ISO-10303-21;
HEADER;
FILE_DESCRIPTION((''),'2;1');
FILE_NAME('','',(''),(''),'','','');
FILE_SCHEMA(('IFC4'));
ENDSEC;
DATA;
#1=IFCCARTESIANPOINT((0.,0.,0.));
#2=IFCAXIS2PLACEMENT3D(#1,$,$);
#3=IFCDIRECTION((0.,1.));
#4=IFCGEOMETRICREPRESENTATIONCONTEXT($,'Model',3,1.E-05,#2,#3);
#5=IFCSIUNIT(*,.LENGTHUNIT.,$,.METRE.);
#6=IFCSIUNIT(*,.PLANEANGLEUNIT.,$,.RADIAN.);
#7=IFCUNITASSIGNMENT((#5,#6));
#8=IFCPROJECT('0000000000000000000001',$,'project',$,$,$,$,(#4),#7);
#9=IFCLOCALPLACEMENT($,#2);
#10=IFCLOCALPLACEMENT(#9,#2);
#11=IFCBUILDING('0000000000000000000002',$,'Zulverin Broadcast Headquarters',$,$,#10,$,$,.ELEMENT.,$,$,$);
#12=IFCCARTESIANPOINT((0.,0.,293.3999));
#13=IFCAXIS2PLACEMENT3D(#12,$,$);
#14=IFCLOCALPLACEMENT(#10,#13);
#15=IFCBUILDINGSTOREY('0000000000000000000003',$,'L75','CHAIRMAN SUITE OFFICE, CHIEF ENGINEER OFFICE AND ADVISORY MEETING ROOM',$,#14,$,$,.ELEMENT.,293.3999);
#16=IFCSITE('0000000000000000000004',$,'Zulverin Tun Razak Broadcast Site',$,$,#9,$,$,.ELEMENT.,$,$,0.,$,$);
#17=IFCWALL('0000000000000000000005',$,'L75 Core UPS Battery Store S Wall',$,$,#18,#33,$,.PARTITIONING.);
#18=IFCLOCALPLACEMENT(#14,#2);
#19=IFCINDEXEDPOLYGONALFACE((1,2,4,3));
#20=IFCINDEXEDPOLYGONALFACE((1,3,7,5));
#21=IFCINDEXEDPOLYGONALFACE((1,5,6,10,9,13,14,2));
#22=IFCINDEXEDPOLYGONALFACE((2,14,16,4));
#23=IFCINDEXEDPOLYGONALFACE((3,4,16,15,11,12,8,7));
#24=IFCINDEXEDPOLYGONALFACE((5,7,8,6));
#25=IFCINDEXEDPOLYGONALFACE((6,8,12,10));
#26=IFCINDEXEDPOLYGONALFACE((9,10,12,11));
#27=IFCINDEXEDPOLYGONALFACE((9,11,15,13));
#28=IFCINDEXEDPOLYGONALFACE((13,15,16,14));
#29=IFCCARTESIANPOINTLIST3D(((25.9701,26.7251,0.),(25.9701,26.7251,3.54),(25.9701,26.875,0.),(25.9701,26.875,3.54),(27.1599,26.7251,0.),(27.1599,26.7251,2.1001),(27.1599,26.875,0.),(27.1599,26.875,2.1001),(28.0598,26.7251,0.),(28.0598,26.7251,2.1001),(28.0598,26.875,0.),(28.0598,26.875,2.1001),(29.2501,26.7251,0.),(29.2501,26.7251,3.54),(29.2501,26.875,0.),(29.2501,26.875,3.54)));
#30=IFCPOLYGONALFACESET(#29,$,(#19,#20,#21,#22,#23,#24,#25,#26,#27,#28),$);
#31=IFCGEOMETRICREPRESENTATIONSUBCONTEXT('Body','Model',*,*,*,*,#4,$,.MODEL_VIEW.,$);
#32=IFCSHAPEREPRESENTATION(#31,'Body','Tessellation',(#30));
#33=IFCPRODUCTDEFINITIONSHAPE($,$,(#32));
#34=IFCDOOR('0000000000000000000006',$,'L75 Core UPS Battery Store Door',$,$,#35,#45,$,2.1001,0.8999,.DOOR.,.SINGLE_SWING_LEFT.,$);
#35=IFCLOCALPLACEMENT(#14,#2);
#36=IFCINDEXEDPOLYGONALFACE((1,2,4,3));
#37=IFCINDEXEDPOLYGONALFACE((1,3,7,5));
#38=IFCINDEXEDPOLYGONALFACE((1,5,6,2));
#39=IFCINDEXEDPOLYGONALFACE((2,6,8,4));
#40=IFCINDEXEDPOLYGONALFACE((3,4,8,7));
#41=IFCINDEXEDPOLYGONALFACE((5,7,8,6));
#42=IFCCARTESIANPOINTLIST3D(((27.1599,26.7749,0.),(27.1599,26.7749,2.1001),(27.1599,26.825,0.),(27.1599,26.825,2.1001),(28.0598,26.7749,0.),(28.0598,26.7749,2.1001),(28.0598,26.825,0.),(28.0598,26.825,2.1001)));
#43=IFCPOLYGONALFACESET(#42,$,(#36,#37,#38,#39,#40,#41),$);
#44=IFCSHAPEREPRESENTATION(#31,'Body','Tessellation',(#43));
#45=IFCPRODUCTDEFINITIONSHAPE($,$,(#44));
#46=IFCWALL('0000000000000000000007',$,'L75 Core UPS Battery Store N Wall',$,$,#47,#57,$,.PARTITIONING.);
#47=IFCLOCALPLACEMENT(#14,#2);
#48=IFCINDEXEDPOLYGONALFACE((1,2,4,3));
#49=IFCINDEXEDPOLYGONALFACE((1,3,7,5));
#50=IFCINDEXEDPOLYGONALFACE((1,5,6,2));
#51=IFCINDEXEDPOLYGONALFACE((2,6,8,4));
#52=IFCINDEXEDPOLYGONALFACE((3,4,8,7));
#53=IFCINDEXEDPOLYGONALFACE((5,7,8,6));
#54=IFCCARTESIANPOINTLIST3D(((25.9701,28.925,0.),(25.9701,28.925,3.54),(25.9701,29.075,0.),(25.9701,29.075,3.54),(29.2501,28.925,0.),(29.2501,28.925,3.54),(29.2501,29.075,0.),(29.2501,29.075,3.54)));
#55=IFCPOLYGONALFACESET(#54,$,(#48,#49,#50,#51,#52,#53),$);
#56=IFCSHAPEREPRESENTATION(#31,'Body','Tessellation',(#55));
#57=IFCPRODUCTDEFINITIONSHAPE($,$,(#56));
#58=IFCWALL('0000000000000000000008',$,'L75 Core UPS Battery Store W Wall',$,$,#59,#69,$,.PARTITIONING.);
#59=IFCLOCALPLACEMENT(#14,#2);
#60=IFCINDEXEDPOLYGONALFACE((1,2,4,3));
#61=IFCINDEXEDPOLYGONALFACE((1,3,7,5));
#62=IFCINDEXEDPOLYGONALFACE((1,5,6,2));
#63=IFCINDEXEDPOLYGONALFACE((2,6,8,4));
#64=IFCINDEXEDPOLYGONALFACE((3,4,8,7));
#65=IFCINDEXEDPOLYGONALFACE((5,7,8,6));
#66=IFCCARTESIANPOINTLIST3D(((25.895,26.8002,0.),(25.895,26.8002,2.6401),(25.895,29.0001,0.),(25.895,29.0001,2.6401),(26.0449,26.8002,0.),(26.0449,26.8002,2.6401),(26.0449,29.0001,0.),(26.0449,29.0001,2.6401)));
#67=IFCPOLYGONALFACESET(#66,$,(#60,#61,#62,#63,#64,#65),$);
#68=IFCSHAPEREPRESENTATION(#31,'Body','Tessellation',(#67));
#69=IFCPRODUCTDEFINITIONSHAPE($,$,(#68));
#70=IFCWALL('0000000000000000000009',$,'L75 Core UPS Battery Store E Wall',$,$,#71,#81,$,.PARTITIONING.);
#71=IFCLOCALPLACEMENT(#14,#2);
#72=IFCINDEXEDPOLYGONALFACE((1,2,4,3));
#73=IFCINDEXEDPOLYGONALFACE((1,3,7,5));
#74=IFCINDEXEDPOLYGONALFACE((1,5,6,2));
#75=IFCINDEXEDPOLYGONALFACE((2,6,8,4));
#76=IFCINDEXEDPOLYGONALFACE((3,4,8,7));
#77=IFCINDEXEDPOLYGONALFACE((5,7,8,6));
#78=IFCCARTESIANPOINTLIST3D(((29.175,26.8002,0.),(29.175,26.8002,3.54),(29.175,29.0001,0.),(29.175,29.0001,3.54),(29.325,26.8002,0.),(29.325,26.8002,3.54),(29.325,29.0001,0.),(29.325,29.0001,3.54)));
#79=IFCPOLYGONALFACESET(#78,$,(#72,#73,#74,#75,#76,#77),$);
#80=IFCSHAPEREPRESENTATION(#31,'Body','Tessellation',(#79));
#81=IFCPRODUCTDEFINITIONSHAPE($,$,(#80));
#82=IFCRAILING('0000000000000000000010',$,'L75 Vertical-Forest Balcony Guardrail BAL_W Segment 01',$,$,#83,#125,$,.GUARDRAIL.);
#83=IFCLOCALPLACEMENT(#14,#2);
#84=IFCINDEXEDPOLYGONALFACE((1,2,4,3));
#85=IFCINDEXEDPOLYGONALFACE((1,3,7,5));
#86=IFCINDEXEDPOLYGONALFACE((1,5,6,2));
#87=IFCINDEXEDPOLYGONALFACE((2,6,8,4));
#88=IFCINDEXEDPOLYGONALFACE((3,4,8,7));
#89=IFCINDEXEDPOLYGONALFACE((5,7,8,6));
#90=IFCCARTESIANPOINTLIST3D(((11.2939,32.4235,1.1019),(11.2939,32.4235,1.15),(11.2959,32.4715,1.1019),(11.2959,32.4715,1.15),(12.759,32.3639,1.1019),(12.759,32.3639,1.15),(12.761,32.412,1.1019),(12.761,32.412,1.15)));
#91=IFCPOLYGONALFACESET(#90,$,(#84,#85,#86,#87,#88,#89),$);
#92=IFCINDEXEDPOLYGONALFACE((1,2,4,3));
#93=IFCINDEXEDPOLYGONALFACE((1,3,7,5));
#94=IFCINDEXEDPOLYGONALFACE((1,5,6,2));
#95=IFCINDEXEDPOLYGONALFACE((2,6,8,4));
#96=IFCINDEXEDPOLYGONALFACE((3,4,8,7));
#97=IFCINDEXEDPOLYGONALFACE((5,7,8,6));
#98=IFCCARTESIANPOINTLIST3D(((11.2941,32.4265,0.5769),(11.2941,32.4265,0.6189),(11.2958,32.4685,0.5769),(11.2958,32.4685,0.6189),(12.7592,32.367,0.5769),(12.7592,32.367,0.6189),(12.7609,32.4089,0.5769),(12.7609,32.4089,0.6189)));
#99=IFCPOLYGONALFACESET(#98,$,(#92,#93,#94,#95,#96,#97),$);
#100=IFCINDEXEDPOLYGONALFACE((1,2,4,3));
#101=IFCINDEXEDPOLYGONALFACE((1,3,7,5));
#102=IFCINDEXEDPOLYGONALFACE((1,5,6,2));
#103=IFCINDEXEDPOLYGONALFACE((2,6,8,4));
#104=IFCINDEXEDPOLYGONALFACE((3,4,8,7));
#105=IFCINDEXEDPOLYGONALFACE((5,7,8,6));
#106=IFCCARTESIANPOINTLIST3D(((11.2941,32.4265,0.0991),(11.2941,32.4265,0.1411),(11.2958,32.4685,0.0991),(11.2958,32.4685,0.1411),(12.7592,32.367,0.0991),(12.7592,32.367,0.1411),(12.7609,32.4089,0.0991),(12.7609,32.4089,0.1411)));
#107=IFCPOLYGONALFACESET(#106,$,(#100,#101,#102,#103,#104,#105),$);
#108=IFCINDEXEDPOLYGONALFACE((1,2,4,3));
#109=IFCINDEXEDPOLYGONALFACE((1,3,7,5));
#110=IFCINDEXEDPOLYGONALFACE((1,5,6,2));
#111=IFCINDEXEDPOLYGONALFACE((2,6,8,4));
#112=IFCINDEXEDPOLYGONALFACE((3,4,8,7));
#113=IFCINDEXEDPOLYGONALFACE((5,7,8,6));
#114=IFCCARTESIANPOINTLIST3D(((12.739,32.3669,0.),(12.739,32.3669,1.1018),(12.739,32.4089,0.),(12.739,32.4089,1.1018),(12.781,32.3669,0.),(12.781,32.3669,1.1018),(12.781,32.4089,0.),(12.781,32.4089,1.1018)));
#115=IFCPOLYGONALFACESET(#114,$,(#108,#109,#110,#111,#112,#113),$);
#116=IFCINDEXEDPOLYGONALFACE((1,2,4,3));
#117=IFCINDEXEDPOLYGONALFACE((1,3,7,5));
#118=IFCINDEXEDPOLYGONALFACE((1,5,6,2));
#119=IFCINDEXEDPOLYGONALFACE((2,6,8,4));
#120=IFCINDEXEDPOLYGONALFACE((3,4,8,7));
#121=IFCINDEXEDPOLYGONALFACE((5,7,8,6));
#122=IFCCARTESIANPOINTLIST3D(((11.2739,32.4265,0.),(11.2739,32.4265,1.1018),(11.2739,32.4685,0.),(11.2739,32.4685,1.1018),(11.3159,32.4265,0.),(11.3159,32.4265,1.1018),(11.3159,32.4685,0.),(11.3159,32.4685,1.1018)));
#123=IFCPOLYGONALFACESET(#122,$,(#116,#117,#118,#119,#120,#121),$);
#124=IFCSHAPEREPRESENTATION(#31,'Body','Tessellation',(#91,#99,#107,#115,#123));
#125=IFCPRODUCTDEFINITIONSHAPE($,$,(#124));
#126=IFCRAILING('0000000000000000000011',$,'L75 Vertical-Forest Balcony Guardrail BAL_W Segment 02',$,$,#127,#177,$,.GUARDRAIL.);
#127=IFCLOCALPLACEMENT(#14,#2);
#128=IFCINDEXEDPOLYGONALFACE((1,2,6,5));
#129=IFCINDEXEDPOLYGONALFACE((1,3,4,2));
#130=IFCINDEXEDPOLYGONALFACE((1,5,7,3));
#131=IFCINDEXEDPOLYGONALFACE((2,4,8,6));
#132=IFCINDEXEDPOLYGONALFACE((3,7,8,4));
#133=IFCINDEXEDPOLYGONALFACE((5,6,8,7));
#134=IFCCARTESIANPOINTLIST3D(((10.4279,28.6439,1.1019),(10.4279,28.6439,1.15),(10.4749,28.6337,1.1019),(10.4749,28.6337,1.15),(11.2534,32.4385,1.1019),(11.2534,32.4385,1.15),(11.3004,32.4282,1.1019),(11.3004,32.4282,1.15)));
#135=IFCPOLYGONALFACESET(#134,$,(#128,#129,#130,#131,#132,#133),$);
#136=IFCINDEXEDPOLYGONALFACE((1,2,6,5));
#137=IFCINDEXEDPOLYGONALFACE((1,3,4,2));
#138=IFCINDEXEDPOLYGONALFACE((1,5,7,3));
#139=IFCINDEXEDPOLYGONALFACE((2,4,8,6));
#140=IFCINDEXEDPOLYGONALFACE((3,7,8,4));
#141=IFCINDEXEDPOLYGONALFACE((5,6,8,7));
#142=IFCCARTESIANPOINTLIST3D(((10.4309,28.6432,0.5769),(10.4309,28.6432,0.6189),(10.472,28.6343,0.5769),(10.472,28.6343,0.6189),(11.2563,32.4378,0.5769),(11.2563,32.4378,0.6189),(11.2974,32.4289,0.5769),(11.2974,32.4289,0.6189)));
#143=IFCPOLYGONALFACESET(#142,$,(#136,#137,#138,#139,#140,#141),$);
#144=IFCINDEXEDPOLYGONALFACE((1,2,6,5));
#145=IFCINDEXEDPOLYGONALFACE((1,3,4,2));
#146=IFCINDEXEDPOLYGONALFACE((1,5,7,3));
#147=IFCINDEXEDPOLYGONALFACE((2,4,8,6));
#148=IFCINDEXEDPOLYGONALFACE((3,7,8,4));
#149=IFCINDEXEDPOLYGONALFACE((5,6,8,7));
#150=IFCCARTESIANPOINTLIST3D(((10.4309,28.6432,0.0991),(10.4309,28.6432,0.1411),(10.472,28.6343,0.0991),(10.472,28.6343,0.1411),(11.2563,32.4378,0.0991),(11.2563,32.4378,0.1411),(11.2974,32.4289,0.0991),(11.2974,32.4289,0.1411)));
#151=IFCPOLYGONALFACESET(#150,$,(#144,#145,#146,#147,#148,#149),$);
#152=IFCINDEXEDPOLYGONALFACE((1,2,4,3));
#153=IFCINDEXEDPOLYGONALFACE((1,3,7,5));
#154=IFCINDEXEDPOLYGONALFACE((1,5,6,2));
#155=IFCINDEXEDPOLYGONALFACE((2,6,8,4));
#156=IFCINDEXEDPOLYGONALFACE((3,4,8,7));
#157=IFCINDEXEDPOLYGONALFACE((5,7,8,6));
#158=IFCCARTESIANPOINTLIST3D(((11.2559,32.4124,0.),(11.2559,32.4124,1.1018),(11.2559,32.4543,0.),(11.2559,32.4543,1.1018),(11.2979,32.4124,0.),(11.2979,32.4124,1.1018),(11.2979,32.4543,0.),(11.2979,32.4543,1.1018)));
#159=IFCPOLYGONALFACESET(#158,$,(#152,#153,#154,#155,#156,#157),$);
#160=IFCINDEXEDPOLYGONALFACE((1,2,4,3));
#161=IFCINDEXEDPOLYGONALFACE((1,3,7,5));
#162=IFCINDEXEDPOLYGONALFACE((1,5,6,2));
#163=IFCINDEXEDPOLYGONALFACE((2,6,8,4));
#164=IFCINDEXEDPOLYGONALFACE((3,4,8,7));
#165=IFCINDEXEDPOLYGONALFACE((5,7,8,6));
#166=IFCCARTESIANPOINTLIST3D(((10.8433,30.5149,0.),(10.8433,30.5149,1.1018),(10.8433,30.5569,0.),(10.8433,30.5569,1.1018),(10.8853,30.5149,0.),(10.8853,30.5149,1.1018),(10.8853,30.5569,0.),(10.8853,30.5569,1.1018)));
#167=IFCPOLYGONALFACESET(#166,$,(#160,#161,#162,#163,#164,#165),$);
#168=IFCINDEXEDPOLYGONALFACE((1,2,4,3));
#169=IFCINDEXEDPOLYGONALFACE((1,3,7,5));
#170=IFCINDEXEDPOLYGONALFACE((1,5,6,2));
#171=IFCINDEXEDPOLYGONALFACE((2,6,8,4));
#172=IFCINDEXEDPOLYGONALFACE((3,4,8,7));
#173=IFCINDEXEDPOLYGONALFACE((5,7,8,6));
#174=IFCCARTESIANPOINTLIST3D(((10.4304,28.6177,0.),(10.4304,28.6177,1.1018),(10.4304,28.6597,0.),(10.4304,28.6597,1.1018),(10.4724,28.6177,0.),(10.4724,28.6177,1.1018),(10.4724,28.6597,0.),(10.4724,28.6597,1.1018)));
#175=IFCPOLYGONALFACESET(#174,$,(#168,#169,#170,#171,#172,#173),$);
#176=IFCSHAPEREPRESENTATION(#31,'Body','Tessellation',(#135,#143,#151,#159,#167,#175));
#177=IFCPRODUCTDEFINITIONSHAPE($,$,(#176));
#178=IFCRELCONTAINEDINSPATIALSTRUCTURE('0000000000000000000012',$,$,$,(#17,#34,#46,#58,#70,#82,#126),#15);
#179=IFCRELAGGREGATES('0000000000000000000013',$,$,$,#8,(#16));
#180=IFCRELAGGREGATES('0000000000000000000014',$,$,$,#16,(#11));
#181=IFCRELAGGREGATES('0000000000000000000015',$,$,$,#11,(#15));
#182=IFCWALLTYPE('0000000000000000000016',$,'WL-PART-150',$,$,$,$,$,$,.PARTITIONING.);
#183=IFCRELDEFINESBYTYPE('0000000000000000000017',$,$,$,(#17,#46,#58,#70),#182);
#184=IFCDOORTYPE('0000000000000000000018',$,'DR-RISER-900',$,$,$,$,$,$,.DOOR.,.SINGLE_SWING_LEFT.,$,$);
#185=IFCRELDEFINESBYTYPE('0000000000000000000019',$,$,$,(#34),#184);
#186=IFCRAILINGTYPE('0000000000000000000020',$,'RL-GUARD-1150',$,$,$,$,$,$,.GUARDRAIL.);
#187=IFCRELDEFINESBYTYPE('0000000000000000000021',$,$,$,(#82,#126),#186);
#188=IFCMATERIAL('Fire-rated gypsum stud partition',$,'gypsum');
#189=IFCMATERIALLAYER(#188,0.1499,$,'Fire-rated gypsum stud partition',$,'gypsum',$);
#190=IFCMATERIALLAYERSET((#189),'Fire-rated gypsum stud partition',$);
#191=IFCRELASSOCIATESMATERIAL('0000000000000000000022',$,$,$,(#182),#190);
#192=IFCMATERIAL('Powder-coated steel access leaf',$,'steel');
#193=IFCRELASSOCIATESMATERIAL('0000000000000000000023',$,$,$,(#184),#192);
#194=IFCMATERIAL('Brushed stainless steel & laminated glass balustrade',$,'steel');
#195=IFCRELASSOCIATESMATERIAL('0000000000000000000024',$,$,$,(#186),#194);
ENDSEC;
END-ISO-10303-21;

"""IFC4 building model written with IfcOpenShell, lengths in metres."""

from ifc_helpers import new_model, si_unit, direction, frame, frame_2d, origin, origin_2d, place, context, subcontext, project, spatial, rectangle, extrude, material, layer, layer_set, type_object, element, fill, save


model = new_model("IFC4")

# Units and contexts
model_context = context("Model", 3, precision=1e-05, world=origin(), true_north=direction((0.0, 1.0)))
body_context = subcontext(model_context, "Body", "Model", "MODEL_VIEW")
ifc_project = project(units=[si_unit("LENGTHUNIT", "METRE"), si_unit("PLANEANGLEUNIT", "RADIAN")], contexts=[model_context])

# Site, building, storey
site_placement = place(None, origin())
site = spatial("IfcSite", under=ifc_project, at=site_placement, Name="Zulverin Tun Razak Broadcast Site", CompositionType="ELEMENT", RefElevation=0.0)
building_placement = place(site_placement, origin())
building = spatial("IfcBuilding", under=site, at=building_placement, Name="Zulverin Broadcast Headquarters", CompositionType="ELEMENT")
storey_placement = place(building_placement, frame((0.0, 0.0, 293.3999)))
storey = spatial("IfcBuildingStorey", under=building, at=storey_placement, Name="L75", Description="CHAIRMAN SUITE OFFICE, CHIEF ENGINEER OFFICE AND ADVISORY MEETING ROOM", CompositionType="ELEMENT", Elevation=293.3999)

# Shared definitions
ifc_material_1 = material(Name="Fire-rated gypsum stud partition", Category="gypsum")
ifc_layer_1 = layer(ifc_material_1, 0.1499, Name="Fire-rated gypsum stud partition", Category="gypsum")
ifc_layer_set_1 = layer_set([ifc_layer_1], Name="Fire-rated gypsum stud partition")
wall_type_1 = type_object("IfcWallType", Name="WL-PART-150", PredefinedType="PARTITIONING", material=ifc_layer_set_1)

# Wall, opening, door
wall_1_placement = place(storey_placement, frame((25.97, 26.8, 0.0), z_axis=(0.0, 0.0, 1.0), x_axis=(1.0, 0.0, 0.0)))
wall_1 = element("IfcWall", 1, at=wall_1_placement, inside=storey, type_object=wall_type_1, Name="L75 Core UPS Battery Store S Wall", PredefinedType="PARTITIONING", context=body_context, shape_type="SweptSolid", body=[
    extrude(rectangle(XDim=3.28, YDim=0.1499, at=frame_2d((1.6401, 0.0))), origin(), (0.0, 0.0, 1.0), 3.54),
])
opening_1_placement = place(wall_1_placement, frame((1.1899, 0.0, 0.0)))
opening_1 = element("IfcOpeningElement", 2, at=opening_1_placement, cuts=wall_1, PredefinedType="OPENING", context=body_context, shape_type="SweptSolid", body=[
    extrude(rectangle(XDim=0.8999, YDim=2.1001, at=frame_2d((0.45, 1.05))), frame((0.0, 0.085, 0.0), z_axis=(0.0, -1.0, 0.0), x_axis=(1.0, 0.0, 0.0)), (0.0, 0.0, 1.0), 0.1699),
])
ifc_material_2 = material(Name="Powder-coated steel access leaf", Category="steel")
door_type_1 = type_object("IfcDoorType", Name="DR-RISER-900", OperationType="SINGLE_SWING_LEFT", PredefinedType="DOOR", material=ifc_material_2)
door_1_placement = place(opening_1_placement, origin())
door_1 = element("IfcDoor", 3, at=door_1_placement, inside=storey, type_object=door_type_1, Name="L75 Core UPS Battery Store Door", OperationType="SINGLE_SWING_LEFT", OverallHeight=2.1001, OverallWidth=0.8999, PredefinedType="DOOR", context=body_context, shape_type="SweptSolid", body=[
    extrude(rectangle(XDim=0.8999, YDim=2.1001, at=frame_2d((0.45, 1.05))), frame((0.0, 0.0249, 0.0), z_axis=(0.0, -1.0, 0.0), x_axis=(1.0, 0.0, 0.0)), (0.0, 0.0, 1.0), 0.05),
])
fill(opening_1, door_1)

# Walls
wall_2_placement = place(storey_placement, frame((25.97, 29.0, 0.0), z_axis=(0.0, 0.0, 1.0), x_axis=(1.0, 0.0, 0.0)))
element("IfcWall", 4, at=wall_2_placement, inside=storey, type_object=wall_type_1, Name="L75 Core UPS Battery Store N Wall", PredefinedType="PARTITIONING", context=body_context, shape_type="SweptSolid", body=[
    extrude(rectangle(XDim=3.28, YDim=0.1499, at=frame_2d((1.6401, 0.0))), origin(), (0.0, 0.0, 1.0), 3.54),
])
wall_3_placement = place(storey_placement, frame((25.97, 26.8, 0.0), z_axis=(0.0, 0.0, 1.0), x_axis=(0.0, 1.0, 0.0)))
element("IfcWall", 5, at=wall_3_placement, inside=storey, type_object=wall_type_1, Name="L75 Core UPS Battery Store W Wall", PredefinedType="PARTITIONING", context=body_context, shape_type="SweptSolid", body=[
    extrude(rectangle(XDim=2.2, YDim=0.1499, at=frame_2d((1.1001, 0.0))), origin(), (0.0, 0.0, 1.0), 2.6401),
])
wall_4_placement = place(storey_placement, frame((29.25, 26.8, 0.0), z_axis=(0.0, 0.0, 1.0), x_axis=(0.0, 1.0, 0.0)))
element("IfcWall", 6, at=wall_4_placement, inside=storey, type_object=wall_type_1, Name="L75 Core UPS Battery Store E Wall", PredefinedType="PARTITIONING", context=body_context, shape_type="SweptSolid", body=[
    extrude(rectangle(XDim=2.2, YDim=0.1499, at=frame_2d((1.1001, 0.0))), origin(), (0.0, 0.0, 1.0), 3.54),
])

# Railings
ifc_material_3 = material(Name="Brushed stainless steel & laminated glass balustrade", Category="steel")
railing_type = type_object("IfcRailingType", Name="RL-GUARD-1150", PredefinedType="GUARDRAIL", material=ifc_material_3)
railing_1_placement = place(storey_placement, frame((12.76, 32.3879, 0.0)))
element("IfcRailing", 7, at=railing_1_placement, inside=storey, type_object=railing_type, Name="L75 Vertical-Forest Balcony Guardrail BAL_W Segment 01", PredefinedType="GUARDRAIL", context=body_context, shape_type="SweptSolid", body=[
    extrude(rectangle(XDim=0.0481, YDim=0.0481, at=origin_2d()), frame((0.0, 0.0, 1.126), z_axis=(-0.999174, 0.040626, 0.0), x_axis=(-0.040626, -0.999174, 0.0)), (0.0, 0.0, 1.0), 1.4663),
    extrude(rectangle(XDim=0.042, YDim=0.042, at=origin_2d()), frame((0.0, 0.0, 0.5979), z_axis=(-0.999174, 0.040626, 0.0), x_axis=(-0.040626, -0.999174, 0.0)), (0.0, 0.0, 1.0), 1.4663),
    extrude(rectangle(XDim=0.042, YDim=0.042, at=origin_2d()), frame((0.0, 0.0, 0.1201), z_axis=(-0.999174, 0.040626, 0.0), x_axis=(-0.040626, -0.999174, 0.0)), (0.0, 0.0, 1.0), 1.4663),
    extrude(rectangle(XDim=0.042, YDim=0.042, at=origin_2d()), origin(), (0.0, 0.0, 1.0), 1.1018),
    extrude(rectangle(XDim=0.042, YDim=0.042, at=origin_2d()), frame((-1.4651, 0.0596, 0.0)), (0.0, 0.0, 1.0), 1.1018),
])
railing_2_placement = place(storey_placement, frame((11.2769, 32.4333, 0.0)))
element("IfcRailing", 8, at=railing_2_placement, inside=storey, type_object=railing_type, Name="L75 Vertical-Forest Balcony Guardrail BAL_W Segment 02", PredefinedType="GUARDRAIL", context=body_context, shape_type="SweptSolid", body=[
    extrude(rectangle(XDim=0.0481, YDim=0.0481, at=origin_2d()), frame((0.0, 0.0, 1.126), z_axis=(-0.212555, -0.977149, 0.0), x_axis=(0.977149, -0.212555, 0.0)), (0.0, 0.0, 1.0), 3.8833),
    extrude(rectangle(XDim=0.042, YDim=0.042, at=origin_2d()), frame((0.0, 0.0, 0.5979), z_axis=(-0.212555, -0.977149, 0.0), x_axis=(0.977149, -0.212555, 0.0)), (0.0, 0.0, 1.0), 3.8833),
    extrude(rectangle(XDim=0.042, YDim=0.042, at=origin_2d()), frame((0.0, 0.0, 0.1201), z_axis=(-0.212555, -0.977149, 0.0), x_axis=(0.977149, -0.212555, 0.0)), (0.0, 0.0, 1.0), 3.8833),
    extrude(rectangle(XDim=0.042, YDim=0.042, at=origin_2d()), origin(), (0.0, 0.0, 1.0), 1.1018),
    extrude(rectangle(XDim=0.042, YDim=0.042, at=origin_2d()), frame((-0.4126, -1.8975, 0.0)), (0.0, 0.0, 1.0), 1.1018),
    extrude(rectangle(XDim=0.042, YDim=0.042, at=origin_2d()), frame((-0.8254, -3.7947, 0.0)), (0.0, 0.0, 1.0), 1.1018),
])

save(model, "model.ifc")
